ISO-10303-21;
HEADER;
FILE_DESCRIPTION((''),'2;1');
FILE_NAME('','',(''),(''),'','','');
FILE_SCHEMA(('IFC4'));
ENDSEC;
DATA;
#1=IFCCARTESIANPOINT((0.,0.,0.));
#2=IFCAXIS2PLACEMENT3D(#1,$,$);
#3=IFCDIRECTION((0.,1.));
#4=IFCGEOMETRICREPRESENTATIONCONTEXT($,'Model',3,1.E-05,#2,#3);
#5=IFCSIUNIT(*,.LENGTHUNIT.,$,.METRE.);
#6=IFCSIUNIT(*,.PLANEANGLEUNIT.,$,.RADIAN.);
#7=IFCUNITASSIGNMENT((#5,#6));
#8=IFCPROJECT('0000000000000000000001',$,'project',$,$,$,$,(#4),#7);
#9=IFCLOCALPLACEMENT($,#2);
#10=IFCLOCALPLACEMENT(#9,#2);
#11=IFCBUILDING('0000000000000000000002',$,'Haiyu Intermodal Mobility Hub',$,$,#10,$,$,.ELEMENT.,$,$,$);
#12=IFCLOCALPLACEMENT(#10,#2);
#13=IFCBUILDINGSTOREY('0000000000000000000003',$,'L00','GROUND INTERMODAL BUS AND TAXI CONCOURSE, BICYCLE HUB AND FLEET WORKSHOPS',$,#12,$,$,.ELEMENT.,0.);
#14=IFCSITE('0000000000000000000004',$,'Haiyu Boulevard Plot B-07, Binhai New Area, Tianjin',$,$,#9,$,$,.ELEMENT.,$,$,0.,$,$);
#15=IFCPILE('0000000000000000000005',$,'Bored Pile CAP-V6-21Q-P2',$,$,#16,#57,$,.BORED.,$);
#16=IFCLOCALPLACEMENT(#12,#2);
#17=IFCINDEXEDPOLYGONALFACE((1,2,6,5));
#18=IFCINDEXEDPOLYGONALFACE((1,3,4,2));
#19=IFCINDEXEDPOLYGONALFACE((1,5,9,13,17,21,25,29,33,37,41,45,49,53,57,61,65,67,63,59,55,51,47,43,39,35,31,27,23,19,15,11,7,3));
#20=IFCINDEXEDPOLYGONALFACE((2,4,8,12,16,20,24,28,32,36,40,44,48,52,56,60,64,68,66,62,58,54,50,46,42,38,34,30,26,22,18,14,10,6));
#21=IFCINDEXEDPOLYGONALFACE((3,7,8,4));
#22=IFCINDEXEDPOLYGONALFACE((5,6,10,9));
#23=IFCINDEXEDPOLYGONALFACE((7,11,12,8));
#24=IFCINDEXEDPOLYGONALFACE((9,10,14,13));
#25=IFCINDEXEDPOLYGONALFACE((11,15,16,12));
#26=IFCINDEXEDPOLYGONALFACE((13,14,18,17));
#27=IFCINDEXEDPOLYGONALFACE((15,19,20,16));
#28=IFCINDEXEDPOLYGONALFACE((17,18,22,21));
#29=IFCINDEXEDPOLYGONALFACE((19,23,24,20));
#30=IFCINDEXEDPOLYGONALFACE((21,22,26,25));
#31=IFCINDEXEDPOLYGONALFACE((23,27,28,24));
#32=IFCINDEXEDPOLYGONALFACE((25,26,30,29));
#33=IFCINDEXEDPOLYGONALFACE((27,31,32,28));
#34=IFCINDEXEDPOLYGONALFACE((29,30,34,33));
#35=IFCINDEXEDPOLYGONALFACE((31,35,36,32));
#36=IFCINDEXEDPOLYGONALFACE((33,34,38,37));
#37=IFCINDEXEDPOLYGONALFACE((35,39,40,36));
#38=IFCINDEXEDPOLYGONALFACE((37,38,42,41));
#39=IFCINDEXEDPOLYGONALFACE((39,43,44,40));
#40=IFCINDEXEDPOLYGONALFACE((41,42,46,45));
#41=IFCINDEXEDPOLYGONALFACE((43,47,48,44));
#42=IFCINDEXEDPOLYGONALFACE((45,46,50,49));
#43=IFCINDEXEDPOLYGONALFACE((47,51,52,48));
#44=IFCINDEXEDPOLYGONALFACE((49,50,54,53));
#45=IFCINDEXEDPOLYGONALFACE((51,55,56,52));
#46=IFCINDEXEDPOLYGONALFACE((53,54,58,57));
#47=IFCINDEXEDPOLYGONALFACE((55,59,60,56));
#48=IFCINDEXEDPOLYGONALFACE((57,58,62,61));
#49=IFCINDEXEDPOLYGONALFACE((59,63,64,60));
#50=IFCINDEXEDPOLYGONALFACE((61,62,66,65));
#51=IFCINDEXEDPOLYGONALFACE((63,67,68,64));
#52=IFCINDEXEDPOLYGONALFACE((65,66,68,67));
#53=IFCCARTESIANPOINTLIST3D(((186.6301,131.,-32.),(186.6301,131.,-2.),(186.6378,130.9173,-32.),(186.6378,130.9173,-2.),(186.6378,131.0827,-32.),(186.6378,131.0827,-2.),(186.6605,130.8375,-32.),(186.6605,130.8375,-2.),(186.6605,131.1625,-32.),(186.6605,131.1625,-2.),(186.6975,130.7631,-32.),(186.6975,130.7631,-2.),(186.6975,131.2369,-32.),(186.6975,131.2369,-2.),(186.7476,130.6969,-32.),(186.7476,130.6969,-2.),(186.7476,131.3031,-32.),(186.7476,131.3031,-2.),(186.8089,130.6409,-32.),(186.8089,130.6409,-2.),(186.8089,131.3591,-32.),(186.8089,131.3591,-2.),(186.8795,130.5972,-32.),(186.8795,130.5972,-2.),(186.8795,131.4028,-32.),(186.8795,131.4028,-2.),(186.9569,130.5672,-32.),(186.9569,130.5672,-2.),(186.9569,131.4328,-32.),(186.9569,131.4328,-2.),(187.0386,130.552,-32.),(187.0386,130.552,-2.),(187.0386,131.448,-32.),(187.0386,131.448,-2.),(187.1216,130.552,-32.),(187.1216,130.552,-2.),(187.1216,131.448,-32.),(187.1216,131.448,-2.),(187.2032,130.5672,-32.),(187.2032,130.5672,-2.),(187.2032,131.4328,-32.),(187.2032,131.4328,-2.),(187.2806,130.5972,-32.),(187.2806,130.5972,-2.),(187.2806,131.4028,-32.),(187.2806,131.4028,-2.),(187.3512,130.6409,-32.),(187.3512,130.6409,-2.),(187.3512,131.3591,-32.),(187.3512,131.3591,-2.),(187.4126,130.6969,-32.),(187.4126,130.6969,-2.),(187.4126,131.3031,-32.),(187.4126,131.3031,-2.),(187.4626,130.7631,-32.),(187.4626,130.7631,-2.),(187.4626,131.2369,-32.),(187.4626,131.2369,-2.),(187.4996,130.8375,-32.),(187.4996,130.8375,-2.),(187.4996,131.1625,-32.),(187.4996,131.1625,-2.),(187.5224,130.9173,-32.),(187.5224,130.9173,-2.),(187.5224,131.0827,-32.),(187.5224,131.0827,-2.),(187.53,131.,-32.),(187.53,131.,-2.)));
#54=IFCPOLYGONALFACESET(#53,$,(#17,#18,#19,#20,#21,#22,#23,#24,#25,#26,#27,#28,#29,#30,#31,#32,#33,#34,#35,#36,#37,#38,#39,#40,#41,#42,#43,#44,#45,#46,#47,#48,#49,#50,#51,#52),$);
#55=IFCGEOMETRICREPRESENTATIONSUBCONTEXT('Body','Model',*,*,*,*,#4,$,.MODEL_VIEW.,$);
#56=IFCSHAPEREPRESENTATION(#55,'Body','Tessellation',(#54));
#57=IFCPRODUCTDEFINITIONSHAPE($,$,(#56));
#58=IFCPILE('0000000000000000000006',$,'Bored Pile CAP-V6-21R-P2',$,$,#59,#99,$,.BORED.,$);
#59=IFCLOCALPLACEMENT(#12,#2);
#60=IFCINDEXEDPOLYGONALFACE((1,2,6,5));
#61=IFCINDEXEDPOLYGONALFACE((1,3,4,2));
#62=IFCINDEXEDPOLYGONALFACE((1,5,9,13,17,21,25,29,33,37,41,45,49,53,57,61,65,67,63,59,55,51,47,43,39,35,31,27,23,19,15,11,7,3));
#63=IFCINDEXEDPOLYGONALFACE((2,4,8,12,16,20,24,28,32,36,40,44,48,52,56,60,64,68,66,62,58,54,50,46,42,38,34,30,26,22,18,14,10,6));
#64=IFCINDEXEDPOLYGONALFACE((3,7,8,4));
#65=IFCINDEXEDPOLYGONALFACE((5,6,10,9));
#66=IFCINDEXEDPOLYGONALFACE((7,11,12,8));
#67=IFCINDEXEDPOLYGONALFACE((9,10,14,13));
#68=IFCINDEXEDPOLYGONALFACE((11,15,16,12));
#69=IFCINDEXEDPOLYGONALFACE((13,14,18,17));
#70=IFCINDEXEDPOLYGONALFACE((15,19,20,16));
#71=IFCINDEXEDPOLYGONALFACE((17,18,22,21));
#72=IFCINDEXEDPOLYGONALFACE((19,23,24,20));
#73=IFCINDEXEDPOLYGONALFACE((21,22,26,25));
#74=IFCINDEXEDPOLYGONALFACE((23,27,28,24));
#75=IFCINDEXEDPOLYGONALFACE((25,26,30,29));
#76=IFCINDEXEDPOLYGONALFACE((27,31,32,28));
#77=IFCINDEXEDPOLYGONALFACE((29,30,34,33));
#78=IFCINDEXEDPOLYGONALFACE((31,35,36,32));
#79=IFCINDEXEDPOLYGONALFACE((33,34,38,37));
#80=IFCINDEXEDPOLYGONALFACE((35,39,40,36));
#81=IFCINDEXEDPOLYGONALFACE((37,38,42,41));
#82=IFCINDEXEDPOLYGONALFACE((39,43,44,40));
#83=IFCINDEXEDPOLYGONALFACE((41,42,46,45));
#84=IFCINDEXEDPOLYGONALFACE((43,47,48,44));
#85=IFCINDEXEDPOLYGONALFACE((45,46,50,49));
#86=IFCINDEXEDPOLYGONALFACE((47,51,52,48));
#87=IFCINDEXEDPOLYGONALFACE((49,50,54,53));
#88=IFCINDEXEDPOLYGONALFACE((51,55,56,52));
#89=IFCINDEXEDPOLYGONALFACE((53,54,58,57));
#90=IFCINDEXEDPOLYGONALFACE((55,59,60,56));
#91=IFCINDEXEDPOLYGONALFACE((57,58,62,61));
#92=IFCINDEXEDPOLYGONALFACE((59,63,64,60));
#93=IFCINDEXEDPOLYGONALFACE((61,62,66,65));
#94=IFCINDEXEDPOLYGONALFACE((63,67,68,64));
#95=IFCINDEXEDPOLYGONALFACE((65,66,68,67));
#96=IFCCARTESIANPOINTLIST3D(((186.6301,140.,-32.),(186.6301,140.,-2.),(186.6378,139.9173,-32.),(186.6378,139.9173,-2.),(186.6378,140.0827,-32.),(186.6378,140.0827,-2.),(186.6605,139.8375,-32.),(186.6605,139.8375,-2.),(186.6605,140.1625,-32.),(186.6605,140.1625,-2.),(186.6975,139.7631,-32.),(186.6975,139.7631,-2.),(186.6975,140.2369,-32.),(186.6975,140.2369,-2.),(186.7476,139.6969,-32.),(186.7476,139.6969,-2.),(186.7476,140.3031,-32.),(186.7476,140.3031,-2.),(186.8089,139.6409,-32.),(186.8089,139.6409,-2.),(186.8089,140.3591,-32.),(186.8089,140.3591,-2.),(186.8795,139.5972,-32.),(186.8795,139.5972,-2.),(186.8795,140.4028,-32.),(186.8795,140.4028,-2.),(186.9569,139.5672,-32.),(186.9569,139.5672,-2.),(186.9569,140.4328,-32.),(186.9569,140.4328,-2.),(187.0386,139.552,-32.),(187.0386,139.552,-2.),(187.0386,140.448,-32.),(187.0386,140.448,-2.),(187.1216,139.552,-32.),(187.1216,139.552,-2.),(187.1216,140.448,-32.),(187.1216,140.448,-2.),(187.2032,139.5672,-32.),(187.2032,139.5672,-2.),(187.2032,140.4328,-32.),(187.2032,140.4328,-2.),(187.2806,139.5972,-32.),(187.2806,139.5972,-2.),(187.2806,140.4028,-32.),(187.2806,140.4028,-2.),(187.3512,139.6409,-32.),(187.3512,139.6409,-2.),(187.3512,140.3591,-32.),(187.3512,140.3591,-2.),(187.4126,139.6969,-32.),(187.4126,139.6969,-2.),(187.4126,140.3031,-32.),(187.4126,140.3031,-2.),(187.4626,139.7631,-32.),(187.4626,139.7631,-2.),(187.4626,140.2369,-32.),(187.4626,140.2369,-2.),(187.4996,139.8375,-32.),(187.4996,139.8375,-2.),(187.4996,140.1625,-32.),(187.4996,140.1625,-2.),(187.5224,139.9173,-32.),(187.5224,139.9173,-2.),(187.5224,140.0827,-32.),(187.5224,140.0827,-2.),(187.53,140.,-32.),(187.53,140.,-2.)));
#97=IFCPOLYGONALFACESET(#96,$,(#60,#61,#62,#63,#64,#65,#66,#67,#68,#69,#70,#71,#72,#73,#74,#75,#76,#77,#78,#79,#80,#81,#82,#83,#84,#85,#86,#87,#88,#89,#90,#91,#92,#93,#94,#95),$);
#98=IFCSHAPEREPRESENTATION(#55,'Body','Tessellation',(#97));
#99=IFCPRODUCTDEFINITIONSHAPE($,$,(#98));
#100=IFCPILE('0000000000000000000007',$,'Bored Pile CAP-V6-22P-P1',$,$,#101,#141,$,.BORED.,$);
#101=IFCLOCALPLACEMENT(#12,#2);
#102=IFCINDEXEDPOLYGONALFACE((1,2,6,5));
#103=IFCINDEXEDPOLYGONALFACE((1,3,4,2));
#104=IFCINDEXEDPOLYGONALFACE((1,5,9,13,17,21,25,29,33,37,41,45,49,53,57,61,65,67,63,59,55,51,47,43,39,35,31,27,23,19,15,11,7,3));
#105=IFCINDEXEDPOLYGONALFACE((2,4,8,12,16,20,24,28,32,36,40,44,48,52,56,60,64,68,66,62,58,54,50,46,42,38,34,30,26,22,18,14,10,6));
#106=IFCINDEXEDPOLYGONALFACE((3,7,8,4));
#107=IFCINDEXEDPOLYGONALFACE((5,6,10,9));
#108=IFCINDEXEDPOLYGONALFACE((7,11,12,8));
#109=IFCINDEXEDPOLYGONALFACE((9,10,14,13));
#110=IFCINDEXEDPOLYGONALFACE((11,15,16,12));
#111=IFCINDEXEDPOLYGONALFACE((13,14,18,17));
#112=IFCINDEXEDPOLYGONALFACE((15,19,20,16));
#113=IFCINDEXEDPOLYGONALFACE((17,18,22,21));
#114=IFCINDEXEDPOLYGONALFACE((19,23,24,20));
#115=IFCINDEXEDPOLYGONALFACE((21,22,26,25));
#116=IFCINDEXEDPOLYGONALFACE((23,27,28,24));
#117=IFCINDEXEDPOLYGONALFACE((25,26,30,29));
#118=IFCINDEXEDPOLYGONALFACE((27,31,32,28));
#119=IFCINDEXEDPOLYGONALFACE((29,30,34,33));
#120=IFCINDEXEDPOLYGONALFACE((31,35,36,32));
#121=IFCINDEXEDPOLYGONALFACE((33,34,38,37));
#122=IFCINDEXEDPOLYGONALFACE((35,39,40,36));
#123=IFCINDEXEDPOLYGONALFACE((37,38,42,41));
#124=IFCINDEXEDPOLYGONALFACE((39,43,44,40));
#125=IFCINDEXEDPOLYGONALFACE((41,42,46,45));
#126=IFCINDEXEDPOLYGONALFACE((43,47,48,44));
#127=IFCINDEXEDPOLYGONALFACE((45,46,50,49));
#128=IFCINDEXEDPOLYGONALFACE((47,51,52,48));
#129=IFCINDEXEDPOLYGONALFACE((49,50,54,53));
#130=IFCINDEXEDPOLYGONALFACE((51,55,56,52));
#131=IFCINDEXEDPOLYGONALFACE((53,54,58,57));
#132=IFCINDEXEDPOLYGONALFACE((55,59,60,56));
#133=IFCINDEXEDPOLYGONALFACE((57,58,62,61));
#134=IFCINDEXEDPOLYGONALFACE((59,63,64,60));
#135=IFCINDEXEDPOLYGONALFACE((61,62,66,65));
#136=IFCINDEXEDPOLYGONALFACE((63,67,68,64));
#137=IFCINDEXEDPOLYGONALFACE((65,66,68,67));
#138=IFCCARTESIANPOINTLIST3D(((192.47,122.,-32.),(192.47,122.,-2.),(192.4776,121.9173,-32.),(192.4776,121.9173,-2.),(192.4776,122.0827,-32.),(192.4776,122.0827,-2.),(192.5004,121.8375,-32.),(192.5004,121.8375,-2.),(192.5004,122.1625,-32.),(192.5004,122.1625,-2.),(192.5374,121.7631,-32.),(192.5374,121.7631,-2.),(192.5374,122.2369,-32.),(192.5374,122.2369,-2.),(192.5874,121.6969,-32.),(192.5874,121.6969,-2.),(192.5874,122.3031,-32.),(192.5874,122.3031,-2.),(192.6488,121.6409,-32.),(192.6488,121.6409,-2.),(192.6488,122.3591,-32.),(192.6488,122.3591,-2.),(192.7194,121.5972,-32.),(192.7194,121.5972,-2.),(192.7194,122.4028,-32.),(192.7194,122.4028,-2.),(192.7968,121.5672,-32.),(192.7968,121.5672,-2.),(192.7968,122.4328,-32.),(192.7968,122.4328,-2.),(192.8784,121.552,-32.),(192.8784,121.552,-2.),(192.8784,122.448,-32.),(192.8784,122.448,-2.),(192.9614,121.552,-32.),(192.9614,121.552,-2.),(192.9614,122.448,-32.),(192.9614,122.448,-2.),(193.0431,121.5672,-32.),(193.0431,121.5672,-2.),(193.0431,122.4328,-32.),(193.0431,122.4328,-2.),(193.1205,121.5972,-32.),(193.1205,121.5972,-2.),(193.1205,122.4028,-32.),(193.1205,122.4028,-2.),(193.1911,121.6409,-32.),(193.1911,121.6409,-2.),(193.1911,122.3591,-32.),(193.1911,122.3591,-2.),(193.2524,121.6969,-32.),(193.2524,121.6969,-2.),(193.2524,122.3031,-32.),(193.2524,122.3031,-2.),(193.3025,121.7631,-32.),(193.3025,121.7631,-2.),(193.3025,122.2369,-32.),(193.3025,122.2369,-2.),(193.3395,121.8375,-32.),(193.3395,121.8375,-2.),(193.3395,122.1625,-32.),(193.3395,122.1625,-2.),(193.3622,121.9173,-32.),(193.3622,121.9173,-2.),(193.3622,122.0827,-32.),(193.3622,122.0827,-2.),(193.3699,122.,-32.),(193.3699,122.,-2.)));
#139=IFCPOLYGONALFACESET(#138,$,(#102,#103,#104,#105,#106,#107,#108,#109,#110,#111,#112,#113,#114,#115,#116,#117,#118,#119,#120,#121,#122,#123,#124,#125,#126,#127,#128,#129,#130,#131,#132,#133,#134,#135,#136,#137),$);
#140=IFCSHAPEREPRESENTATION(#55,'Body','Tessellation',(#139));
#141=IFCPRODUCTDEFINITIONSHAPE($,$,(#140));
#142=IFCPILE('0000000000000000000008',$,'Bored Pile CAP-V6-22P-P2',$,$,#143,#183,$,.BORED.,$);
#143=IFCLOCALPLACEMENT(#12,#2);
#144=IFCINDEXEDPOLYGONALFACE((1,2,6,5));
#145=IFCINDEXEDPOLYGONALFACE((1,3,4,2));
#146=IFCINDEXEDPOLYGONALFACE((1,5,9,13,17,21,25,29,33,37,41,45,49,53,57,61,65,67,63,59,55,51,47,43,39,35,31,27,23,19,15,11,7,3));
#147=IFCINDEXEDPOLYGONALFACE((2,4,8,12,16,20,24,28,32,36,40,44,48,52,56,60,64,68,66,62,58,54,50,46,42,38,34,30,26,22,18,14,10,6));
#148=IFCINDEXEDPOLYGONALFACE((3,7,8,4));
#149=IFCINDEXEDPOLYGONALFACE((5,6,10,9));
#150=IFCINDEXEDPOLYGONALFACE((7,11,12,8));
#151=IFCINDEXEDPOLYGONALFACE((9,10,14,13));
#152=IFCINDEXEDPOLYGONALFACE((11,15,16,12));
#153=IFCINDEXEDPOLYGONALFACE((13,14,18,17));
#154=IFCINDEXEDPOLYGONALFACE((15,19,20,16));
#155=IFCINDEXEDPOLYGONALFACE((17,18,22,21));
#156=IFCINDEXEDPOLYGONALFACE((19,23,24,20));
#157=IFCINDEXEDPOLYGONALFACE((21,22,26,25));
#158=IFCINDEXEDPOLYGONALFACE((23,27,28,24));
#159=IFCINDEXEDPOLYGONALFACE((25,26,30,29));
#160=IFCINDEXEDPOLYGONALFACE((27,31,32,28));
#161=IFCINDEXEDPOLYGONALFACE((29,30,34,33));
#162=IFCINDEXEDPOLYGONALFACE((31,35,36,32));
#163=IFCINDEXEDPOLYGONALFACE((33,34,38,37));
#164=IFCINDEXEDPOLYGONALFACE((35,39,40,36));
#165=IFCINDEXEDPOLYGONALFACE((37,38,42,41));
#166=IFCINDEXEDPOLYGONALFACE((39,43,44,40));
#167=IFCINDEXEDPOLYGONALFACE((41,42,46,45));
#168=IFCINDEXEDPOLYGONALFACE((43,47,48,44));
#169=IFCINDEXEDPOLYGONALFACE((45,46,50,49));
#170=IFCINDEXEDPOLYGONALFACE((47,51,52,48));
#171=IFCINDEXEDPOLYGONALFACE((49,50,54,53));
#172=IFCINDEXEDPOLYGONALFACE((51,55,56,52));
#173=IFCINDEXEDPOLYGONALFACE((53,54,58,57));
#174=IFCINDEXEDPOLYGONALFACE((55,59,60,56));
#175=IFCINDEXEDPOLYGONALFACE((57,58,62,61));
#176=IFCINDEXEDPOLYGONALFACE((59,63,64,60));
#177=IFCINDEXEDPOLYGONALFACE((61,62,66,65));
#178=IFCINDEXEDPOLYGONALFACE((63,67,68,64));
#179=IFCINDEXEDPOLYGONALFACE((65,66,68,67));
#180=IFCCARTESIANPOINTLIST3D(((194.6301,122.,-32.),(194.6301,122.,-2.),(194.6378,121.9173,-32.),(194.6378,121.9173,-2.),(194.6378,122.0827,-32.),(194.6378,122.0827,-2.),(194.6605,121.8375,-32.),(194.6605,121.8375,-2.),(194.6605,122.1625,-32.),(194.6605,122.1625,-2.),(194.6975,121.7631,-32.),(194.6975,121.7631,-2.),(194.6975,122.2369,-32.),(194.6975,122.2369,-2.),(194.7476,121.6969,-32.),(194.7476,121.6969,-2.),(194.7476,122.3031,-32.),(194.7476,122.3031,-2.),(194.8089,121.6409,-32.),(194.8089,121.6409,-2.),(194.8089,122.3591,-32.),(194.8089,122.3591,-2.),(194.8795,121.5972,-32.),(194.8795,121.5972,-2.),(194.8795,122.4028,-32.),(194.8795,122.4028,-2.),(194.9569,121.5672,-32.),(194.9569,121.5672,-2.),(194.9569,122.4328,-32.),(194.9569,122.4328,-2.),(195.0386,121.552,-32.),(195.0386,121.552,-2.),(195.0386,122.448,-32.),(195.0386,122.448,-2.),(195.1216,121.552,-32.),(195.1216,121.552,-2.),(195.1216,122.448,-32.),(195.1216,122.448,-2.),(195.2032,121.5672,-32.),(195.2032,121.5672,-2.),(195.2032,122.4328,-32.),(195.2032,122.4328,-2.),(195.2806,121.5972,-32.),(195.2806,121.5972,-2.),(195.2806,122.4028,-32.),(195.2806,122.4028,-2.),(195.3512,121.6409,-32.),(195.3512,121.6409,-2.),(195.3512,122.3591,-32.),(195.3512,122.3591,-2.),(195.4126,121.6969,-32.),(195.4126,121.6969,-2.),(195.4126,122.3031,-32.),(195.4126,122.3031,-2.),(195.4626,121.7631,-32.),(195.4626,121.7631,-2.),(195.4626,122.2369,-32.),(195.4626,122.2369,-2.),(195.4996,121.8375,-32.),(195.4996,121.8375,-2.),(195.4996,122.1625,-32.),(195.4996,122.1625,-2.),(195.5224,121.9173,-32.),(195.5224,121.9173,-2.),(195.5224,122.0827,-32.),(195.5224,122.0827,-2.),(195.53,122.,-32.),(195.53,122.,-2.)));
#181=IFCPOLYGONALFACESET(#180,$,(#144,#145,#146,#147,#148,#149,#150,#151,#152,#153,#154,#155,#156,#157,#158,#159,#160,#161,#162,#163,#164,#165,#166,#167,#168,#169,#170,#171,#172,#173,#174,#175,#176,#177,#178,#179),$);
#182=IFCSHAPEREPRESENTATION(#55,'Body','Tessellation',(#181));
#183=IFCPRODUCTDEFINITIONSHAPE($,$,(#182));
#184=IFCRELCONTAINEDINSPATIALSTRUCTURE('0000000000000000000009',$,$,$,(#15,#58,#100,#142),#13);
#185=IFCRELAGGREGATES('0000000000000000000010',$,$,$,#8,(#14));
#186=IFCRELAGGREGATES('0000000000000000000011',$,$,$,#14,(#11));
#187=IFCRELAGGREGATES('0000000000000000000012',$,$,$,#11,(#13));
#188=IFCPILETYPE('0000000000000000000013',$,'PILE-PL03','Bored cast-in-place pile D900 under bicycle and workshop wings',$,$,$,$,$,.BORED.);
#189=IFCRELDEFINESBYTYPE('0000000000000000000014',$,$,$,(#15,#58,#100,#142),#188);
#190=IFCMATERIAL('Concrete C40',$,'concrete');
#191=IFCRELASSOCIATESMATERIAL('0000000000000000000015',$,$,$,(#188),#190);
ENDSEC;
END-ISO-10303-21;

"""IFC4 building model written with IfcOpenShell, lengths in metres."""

from ifc_helpers import new_model, si_unit, direction, frame, origin, origin_2d, place, context, subcontext, project, spatial, circle, extrude, material, material_profile, profile_set, type_object, element, save


model = new_model("IFC4")

# Units and contexts
model_context = context("Model", 3, precision=1e-05, world=origin(), true_north=direction((0.0, 1.0)))
body_context = subcontext(model_context, "Body", "Model", "MODEL_VIEW")
ifc_project = project(units=[si_unit("LENGTHUNIT", "METRE"), si_unit("PLANEANGLEUNIT", "RADIAN")], contexts=[model_context])

# Site, building, storey
site_placement = place(None, origin())
site = spatial("IfcSite", under=ifc_project, at=site_placement, Name="Haiyu Boulevard Plot B-07, Binhai New Area, Tianjin", CompositionType="ELEMENT", RefElevation=0.0)
building_placement = place(site_placement, origin())
building = spatial("IfcBuilding", under=site, at=building_placement, Name="Haiyu Intermodal Mobility Hub", CompositionType="ELEMENT")
storey_placement = place(building_placement, origin())
storey = spatial("IfcBuildingStorey", under=building, at=storey_placement, Name="L00", Description="GROUND INTERMODAL BUS AND TAXI CONCOURSE, BICYCLE HUB AND FLEET WORKSHOPS", CompositionType="ELEMENT", Elevation=0.0)

# Shared definitions
ifc_material_1 = material(Name="Concrete C40", Category="concrete")

# Piles
ifc_material_profile_1 = material_profile(ifc_material_1, circle(Radius=0.45, at=origin_2d()), Name="PILE-D900")
ifc_profile_set_1 = profile_set([ifc_material_profile_1], Name="Concrete C40")
pile_type = type_object("IfcPileType", Name="PILE-PL03", Description="Bored cast-in-place pile D900 under bicycle and workshop wings", PredefinedType="BORED", material=ifc_profile_set_1)
for number, where, z_axis, x_axis, name in (
    (1, (187.0801, 131.0, -2.0), (0.0, 0.0, -1.0), (1.0, 0.0, 0.0), "Bored Pile CAP-V6-21Q-P2"),
    (2, (187.0801, 140.0, -2.0), (0.0, 0.0, -1.0), (1.0, 0.0, 0.0), "Bored Pile CAP-V6-21R-P2"),
    (3, (192.9199, 122.0, -2.0), (0.0, 0.0, -1.0), (1.0, 0.0, 0.0), "Bored Pile CAP-V6-22P-P1"),
    (4, (195.0801, 122.0, -2.0), (0.0, 0.0, -1.0), (1.0, 0.0, 0.0), "Bored Pile CAP-V6-22P-P2"),
):
    element("IfcPile", number, at=place(storey_placement, frame(where, z_axis=z_axis, x_axis=x_axis)), inside=storey, type_object=pile_type, Name=name, PredefinedType="BORED", context=body_context, shape_type="SweptSolid", body=[
        extrude(circle(Radius=0.45, at=origin_2d()), origin(), (0.0, 0.0, 1.0), 30.0),
    ])

save(model, "model.ifc")
